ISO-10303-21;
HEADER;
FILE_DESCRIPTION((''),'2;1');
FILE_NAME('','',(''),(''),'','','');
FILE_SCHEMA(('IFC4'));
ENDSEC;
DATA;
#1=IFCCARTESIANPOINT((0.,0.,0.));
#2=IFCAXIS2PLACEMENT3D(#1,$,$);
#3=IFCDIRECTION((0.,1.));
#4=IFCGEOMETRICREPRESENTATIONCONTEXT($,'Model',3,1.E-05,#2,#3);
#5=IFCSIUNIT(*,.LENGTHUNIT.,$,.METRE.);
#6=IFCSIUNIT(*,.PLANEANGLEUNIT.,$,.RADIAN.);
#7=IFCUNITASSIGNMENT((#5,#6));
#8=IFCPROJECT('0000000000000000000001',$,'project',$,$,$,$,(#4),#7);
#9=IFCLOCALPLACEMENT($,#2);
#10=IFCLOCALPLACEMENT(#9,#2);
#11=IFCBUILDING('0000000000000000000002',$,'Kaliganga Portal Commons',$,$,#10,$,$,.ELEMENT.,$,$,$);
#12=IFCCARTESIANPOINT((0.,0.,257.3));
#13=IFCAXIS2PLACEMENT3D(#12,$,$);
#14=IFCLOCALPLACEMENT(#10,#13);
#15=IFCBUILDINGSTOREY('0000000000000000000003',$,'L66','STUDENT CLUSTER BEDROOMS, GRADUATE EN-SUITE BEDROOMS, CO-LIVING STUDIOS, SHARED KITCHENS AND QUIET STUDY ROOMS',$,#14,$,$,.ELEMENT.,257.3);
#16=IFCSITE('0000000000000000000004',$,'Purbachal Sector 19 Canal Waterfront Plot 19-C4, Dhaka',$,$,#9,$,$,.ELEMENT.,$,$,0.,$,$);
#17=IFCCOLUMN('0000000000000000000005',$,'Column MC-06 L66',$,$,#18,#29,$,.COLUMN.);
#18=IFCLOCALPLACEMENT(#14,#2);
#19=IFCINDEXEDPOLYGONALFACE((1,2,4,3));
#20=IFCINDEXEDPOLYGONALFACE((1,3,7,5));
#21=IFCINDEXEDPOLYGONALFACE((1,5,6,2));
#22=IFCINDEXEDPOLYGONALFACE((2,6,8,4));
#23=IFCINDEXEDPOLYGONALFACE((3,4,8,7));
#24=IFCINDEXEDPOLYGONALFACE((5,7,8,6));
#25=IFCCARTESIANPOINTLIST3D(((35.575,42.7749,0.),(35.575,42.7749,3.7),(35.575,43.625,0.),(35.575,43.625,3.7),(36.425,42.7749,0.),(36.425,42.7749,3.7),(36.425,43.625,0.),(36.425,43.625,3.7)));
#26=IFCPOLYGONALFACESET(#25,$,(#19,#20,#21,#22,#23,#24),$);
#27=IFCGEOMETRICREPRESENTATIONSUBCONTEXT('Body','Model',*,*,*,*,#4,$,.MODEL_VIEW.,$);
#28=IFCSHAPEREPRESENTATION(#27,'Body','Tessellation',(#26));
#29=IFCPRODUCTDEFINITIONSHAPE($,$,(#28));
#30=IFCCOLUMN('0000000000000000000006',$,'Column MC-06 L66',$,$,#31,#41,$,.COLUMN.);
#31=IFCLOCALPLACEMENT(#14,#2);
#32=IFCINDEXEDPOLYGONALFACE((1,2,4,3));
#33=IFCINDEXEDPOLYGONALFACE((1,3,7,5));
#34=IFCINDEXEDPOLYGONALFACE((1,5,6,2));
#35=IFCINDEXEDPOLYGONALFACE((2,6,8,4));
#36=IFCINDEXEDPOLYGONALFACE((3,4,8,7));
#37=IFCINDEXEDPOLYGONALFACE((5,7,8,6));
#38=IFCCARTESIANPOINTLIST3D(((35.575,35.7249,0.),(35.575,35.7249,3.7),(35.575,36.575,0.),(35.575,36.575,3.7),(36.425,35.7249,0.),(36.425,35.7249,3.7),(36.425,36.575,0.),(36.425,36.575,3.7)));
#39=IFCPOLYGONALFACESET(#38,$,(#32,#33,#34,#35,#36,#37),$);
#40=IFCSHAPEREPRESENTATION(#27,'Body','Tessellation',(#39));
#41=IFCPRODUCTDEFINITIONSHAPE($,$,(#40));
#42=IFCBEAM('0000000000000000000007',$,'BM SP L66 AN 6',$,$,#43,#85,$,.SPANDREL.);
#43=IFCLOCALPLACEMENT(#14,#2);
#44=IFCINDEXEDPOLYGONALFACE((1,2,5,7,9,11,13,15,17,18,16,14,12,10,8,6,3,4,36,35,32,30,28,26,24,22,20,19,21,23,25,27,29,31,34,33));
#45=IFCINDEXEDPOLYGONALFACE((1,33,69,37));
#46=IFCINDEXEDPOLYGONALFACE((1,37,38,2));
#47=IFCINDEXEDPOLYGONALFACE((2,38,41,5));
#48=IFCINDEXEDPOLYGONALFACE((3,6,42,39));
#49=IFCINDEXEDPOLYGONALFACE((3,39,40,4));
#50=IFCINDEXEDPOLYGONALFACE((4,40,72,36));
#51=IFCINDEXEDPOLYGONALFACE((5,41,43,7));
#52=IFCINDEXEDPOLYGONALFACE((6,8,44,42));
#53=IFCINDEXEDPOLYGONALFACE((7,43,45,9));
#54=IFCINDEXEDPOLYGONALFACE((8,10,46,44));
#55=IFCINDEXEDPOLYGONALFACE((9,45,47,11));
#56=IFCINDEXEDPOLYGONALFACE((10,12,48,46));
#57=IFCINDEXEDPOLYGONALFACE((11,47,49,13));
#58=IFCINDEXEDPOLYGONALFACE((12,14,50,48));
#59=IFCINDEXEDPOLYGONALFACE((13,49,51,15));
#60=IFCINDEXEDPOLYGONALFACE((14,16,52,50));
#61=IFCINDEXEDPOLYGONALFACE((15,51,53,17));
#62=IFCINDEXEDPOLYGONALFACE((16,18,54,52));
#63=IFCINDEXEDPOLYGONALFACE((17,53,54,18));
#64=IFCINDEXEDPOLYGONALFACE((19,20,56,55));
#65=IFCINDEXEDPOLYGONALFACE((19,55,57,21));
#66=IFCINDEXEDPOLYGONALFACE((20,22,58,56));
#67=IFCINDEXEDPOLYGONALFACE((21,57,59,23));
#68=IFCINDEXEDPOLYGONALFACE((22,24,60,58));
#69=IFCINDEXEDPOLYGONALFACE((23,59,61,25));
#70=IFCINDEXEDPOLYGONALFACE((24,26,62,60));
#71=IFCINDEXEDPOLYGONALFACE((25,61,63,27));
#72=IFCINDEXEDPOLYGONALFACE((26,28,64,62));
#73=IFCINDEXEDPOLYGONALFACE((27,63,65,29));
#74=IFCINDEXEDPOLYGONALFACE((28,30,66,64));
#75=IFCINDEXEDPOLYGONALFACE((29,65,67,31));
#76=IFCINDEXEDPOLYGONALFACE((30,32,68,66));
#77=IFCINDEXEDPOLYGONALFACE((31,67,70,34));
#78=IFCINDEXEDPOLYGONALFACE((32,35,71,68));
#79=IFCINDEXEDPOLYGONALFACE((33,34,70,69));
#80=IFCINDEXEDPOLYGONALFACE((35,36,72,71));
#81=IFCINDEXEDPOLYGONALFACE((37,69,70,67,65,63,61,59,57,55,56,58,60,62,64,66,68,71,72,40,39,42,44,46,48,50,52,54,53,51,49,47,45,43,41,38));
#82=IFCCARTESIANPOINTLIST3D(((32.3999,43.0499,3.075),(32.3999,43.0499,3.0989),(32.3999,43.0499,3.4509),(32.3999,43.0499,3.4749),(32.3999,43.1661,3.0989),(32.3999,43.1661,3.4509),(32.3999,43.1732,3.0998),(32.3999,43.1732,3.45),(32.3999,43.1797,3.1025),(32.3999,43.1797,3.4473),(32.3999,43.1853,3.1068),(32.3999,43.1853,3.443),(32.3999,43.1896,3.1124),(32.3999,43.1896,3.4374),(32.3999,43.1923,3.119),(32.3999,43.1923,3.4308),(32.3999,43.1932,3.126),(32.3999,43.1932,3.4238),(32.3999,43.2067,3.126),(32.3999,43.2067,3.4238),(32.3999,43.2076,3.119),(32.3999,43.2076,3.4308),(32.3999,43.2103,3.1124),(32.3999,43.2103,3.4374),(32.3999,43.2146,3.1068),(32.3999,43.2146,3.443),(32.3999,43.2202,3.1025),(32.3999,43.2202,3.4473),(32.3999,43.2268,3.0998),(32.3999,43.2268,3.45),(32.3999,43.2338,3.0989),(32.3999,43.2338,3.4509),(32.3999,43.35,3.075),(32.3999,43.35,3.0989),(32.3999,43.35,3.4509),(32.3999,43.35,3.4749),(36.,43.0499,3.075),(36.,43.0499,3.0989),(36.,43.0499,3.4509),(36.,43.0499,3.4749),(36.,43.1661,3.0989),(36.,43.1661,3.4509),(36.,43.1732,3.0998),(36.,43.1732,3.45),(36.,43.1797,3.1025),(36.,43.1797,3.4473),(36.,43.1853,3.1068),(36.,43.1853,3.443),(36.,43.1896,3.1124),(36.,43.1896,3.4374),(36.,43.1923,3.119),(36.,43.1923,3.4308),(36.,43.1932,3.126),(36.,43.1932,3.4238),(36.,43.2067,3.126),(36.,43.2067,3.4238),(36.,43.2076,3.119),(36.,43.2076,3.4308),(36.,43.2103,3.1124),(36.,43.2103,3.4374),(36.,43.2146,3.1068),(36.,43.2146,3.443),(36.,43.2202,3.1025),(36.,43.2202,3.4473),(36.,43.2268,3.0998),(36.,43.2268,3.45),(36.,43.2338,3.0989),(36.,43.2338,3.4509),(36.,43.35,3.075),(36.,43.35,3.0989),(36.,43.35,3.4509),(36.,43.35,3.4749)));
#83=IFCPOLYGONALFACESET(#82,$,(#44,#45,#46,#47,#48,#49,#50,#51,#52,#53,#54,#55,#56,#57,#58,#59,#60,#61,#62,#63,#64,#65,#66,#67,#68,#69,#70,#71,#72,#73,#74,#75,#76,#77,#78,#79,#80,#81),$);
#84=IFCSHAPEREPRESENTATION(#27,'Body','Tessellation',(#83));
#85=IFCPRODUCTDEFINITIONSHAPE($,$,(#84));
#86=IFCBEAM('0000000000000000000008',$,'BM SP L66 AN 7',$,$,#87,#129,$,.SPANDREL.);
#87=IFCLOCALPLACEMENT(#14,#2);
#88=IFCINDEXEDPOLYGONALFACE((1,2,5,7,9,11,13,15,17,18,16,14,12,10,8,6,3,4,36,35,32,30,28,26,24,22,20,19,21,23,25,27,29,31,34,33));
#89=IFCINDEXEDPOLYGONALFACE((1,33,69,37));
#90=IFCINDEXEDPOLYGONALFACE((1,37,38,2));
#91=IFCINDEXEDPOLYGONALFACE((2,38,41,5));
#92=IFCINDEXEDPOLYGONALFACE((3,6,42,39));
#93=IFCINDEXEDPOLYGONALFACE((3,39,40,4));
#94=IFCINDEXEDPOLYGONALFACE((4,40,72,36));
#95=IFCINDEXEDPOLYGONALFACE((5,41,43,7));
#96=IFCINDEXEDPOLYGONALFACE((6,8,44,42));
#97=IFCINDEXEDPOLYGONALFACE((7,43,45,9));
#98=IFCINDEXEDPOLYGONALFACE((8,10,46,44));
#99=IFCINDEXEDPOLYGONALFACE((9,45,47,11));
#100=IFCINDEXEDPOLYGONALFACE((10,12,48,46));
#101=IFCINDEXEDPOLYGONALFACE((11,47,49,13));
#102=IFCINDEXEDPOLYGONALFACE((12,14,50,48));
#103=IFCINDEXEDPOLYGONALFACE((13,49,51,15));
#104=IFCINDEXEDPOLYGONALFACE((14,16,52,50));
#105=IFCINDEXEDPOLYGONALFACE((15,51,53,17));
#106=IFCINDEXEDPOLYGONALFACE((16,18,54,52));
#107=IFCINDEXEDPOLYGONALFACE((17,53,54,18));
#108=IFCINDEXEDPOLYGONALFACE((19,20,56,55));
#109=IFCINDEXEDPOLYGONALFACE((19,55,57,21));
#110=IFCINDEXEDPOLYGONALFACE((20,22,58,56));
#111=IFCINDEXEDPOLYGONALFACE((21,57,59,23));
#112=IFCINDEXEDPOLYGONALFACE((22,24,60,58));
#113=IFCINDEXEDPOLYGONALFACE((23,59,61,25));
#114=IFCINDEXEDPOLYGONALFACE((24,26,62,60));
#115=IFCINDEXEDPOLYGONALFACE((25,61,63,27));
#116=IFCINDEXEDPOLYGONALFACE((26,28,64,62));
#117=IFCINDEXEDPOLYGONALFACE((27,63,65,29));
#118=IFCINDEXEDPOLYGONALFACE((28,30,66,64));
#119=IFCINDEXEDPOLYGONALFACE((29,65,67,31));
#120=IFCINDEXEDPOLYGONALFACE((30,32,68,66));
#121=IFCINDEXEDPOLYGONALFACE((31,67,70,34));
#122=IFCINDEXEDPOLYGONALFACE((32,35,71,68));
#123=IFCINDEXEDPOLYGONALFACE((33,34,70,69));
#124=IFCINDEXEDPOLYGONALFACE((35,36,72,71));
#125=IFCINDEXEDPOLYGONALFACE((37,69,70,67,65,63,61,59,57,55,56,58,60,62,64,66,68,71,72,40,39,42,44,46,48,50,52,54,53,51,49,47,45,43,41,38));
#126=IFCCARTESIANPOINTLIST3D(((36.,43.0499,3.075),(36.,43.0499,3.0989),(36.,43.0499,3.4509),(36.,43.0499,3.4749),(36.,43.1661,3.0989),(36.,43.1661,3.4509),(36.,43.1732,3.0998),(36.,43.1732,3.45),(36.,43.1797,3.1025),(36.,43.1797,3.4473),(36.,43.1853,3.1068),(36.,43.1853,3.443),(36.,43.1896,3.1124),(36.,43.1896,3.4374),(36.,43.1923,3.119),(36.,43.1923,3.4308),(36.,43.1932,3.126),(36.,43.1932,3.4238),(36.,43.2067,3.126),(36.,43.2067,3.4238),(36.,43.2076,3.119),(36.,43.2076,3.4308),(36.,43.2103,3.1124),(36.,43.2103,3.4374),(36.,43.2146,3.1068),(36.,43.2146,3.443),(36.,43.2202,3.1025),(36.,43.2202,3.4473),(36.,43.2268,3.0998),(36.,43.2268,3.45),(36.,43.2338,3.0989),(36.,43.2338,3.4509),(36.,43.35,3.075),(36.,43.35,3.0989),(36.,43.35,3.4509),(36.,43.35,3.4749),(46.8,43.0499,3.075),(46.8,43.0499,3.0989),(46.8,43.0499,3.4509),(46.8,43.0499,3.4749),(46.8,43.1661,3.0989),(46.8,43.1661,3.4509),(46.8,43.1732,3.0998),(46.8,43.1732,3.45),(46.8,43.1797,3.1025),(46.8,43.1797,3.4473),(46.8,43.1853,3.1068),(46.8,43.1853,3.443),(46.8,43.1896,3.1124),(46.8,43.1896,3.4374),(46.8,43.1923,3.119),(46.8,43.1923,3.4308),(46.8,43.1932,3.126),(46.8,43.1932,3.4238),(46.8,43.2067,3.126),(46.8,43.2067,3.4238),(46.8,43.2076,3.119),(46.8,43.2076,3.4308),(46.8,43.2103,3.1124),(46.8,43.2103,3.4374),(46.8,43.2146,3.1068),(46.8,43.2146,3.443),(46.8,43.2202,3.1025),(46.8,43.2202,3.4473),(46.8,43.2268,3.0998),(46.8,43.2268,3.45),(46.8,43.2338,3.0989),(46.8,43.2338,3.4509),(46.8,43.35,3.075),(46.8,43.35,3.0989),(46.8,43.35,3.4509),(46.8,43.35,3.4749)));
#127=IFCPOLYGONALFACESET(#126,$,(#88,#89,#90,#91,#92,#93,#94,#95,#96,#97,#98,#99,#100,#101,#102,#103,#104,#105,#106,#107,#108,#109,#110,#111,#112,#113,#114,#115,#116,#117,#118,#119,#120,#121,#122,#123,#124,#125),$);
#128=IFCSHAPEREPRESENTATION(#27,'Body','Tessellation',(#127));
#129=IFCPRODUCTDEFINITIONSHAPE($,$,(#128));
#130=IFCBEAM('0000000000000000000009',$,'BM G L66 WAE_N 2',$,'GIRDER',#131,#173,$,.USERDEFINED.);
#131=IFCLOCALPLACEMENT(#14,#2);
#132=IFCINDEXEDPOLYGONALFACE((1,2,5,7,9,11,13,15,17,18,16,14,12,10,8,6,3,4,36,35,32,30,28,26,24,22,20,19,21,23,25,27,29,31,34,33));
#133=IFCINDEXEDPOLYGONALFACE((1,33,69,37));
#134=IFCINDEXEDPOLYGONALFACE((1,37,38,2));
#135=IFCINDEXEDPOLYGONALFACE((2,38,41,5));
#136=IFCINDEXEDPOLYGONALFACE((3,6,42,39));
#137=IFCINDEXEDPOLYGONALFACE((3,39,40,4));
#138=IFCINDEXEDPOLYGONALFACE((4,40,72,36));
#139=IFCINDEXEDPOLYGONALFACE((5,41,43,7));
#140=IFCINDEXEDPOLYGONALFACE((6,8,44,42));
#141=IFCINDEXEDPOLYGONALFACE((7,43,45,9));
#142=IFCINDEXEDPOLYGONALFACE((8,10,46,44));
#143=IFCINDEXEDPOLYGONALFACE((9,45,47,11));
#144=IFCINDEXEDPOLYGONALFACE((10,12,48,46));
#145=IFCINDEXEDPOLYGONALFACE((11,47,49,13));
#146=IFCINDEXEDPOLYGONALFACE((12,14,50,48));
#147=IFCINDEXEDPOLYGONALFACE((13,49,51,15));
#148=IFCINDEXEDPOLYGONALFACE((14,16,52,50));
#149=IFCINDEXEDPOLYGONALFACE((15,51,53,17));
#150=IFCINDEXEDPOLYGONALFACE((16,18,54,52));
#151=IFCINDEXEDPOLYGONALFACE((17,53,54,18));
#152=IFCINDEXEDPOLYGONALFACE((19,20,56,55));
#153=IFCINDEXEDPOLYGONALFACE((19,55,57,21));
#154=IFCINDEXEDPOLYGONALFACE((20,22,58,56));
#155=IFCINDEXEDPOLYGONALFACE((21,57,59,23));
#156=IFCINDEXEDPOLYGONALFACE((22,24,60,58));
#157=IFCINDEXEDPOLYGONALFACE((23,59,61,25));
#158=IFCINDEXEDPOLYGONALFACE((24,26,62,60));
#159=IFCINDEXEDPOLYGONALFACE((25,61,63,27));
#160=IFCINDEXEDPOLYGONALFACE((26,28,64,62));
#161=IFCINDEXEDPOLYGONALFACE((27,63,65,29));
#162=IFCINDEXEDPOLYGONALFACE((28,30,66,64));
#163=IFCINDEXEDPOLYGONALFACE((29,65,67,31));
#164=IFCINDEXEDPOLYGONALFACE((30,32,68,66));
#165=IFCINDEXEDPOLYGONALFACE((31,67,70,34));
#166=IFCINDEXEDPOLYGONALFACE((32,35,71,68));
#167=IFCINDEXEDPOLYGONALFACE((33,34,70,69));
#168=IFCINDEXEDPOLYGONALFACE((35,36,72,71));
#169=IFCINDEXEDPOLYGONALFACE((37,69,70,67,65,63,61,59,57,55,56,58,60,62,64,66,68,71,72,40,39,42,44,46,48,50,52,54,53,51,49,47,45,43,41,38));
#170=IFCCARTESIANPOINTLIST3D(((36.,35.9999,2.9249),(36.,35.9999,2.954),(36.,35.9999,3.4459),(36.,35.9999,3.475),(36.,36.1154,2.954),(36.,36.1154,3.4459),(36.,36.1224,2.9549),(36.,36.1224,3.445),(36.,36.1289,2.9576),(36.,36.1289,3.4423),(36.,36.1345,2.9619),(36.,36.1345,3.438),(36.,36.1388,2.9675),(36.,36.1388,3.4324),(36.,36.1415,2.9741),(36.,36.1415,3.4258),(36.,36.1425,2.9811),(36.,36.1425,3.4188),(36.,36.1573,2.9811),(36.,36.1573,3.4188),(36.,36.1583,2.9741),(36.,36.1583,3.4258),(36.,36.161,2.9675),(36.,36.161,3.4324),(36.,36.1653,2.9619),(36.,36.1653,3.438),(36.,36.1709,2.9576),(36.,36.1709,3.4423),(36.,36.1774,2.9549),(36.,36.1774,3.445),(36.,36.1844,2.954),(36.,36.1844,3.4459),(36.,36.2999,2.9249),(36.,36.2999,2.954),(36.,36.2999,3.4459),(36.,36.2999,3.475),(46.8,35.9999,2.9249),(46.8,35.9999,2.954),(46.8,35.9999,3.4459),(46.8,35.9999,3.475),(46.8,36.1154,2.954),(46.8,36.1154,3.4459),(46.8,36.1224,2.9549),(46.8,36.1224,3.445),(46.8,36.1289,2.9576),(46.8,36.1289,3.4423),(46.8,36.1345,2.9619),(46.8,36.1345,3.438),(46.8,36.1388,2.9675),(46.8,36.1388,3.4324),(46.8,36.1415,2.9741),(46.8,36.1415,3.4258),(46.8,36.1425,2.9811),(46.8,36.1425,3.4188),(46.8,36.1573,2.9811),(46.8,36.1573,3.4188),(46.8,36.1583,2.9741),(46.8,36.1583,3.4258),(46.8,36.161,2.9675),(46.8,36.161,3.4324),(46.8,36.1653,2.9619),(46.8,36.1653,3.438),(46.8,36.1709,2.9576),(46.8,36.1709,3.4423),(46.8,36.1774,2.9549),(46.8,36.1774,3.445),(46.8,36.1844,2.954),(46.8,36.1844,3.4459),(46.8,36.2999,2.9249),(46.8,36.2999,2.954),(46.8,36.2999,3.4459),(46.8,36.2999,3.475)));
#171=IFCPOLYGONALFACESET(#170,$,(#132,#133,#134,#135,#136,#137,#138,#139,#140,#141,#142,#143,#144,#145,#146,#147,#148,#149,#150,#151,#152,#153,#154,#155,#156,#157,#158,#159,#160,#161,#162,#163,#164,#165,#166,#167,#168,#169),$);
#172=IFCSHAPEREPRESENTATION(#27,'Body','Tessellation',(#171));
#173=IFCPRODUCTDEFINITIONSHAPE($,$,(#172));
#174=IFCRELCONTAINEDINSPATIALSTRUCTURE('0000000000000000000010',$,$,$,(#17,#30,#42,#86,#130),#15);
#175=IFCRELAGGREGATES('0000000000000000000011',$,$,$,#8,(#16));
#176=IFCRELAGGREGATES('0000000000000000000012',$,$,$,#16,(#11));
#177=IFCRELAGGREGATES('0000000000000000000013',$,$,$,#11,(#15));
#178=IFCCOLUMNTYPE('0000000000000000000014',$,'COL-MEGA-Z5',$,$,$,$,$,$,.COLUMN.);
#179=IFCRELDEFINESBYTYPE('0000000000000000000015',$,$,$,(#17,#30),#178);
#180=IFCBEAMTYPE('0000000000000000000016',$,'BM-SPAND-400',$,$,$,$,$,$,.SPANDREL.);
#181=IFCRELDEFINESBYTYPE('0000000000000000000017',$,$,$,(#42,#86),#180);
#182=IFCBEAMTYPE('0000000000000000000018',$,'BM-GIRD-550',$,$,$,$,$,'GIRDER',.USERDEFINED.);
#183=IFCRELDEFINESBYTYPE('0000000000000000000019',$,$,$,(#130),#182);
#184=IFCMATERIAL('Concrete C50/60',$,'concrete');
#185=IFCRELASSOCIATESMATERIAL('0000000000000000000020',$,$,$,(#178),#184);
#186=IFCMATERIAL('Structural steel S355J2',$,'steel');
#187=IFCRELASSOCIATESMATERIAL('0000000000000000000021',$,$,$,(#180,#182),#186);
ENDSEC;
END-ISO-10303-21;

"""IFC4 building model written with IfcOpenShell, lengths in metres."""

from ifc_helpers import new_model, si_unit, direction, frame, origin, origin_2d, place, context, subcontext, project, spatial, rectangle, i_section, extrude, source, transform, mapped, material, material_profile, profile_set, type_object, element, save


model = new_model("IFC4")

# Units and contexts
model_context = context("Model", 3, precision=1e-05, world=origin(), true_north=direction((0.0, 1.0)))
body_context = subcontext(model_context, "Body", "Model", "MODEL_VIEW")
ifc_project = project(units=[si_unit("LENGTHUNIT", "METRE"), si_unit("PLANEANGLEUNIT", "RADIAN")], contexts=[model_context])

# Site, building, storey
site_placement = place(None, origin())
site = spatial("IfcSite", under=ifc_project, at=site_placement, Name="Purbachal Sector 19 Canal Waterfront Plot 19-C4, Dhaka", CompositionType="ELEMENT", RefElevation=0.0)
building_placement = place(site_placement, origin())
building = spatial("IfcBuilding", under=site, at=building_placement, Name="Kaliganga Portal Commons", CompositionType="ELEMENT")
storey_placement = place(building_placement, frame((0.0, 0.0, 257.3)))
storey = spatial("IfcBuildingStorey", under=building, at=storey_placement, Name="L66", Description="STUDENT CLUSTER BEDROOMS, GRADUATE EN-SUITE BEDROOMS, CO-LIVING STUDIOS, SHARED KITCHENS AND QUIET STUDY ROOMS", CompositionType="ELEMENT", Elevation=257.3)

# Columns
ifc_material_1 = material(Name="Concrete C50/60", Category="concrete")
ifc_material_profile_1 = material_profile(ifc_material_1, rectangle(XDim=0.8501, YDim=0.8501, at=origin_2d()), Name="RC 850x850")
ifc_profile_set_1 = profile_set([ifc_material_profile_1], Name="Concrete C50/60")
column_type = type_object("IfcColumnType", Name="COL-MEGA-Z5", PredefinedType="COLUMN", material=ifc_profile_set_1)
shared_shape_1 = source(origin(), body_context, "Body", "SweptSolid", [
    extrude(rectangle(XDim=0.8501, YDim=0.8501, at=origin_2d()), origin(), (0.0, 0.0, 1.0), 3.7),
])
for number, where, z_axis, x_axis, name in (
    (1, (36.0, 43.2, 0.0), (0.0, 0.0, 1.0), (1.0, 0.0, 0.0), "Column MC-06 L66"),
    (2, (36.0, 36.1499, 0.0), (0.0, 0.0, 1.0), (1.0, 0.0, 0.0), "Column MC-06 L66"),
):
    element("IfcColumn", number, at=place(storey_placement, frame(where, z_axis=z_axis, x_axis=x_axis)), inside=storey, type_object=column_type, Name=name, PredefinedType="COLUMN", context=body_context, shape_type="MappedRepresentation", body=[
        mapped(shared_shape_1, transform((0.0, 0.0, 0.0), x_axis=(1.0, 0.0, 0.0), y_axis=(0.0, 1.0, 0.0), z_axis=(0.0, 0.0, 1.0), scale=1.0)),
    ])

# Beams
ifc_material_2 = material(Name="Structural steel S355J2", Category="steel")
ifc_material_profile_2 = material_profile(ifc_material_2, i_section(OverallWidth=0.3, OverallDepth=0.3999, WebThickness=0.0134, FlangeThickness=0.0239, FilletRadius=0.0271, at=origin_2d()), Name="HE 400 B")
ifc_profile_set_2 = profile_set([ifc_material_profile_2], Name="Structural steel S355J2 wide-flange")
beam_type_1 = type_object("IfcBeamType", Name="BM-SPAND-400", PredefinedType="SPANDREL", material=ifc_profile_set_2)
shared_shape_2 = source(origin(), body_context, "Body", "SweptSolid", [
    extrude(i_section(OverallWidth=0.3, OverallDepth=0.3999, WebThickness=0.0134, FlangeThickness=0.0239, FilletRadius=0.0271, at=origin_2d()), origin(), (0.0, 0.0, 1.0), 3.6001),
])
beam_1_placement = place(storey_placement, frame((32.3999, 43.2, 3.2749), z_axis=(1.0, 0.0, 0.0), x_axis=(0.0, 1.0, 0.0)))
element("IfcBeam", 3, at=beam_1_placement, inside=storey, type_object=beam_type_1, Name="BM SP L66 AN 6", PredefinedType="SPANDREL", context=body_context, shape_type="MappedRepresentation", body=[
    mapped(shared_shape_2, transform((0.0, 0.0, 0.0), x_axis=(1.0, 0.0, 0.0), y_axis=(0.0, 1.0, 0.0), z_axis=(0.0, 0.0, 1.0), scale=1.0)),
])
shared_shape_3 = source(origin(), body_context, "Body", "SweptSolid", [
    extrude(i_section(OverallWidth=0.3, OverallDepth=0.3999, WebThickness=0.0134, FlangeThickness=0.0239, FilletRadius=0.0271, at=origin_2d()), origin(), (0.0, 0.0, 1.0), 10.8),
])
beam_2_placement = place(storey_placement, frame((36.0, 43.2, 3.2749), z_axis=(1.0, 0.0, 0.0), x_axis=(0.0, 1.0, 0.0)))
element("IfcBeam", 4, at=beam_2_placement, inside=storey, type_object=beam_type_1, Name="BM SP L66 AN 7", PredefinedType="SPANDREL", context=body_context, shape_type="MappedRepresentation", body=[
    mapped(shared_shape_3, transform((0.0, 0.0, 0.0), x_axis=(1.0, 0.0, 0.0), y_axis=(0.0, 1.0, 0.0), z_axis=(0.0, 0.0, 1.0), scale=1.0)),
])
ifc_material_profile_3 = material_profile(ifc_material_2, i_section(OverallWidth=0.3, OverallDepth=0.55, WebThickness=0.0149, FlangeThickness=0.0291, FilletRadius=0.0271, at=origin_2d()), Name="HE 550 B")
ifc_profile_set_3 = profile_set([ifc_material_profile_3], Name="Structural steel S355J2 wide-flange")
beam_type_2 = type_object("IfcBeamType", Name="BM-GIRD-550", ElementType="GIRDER", PredefinedType="USERDEFINED", material=ifc_profile_set_3)
shared_shape_4 = source(origin(), body_context, "Body", "SweptSolid", [
    extrude(i_section(OverallWidth=0.3, OverallDepth=0.55, WebThickness=0.0149, FlangeThickness=0.0291, FilletRadius=0.0271, at=origin_2d()), origin(), (0.0, 0.0, 1.0), 10.8),
])
beam_3_placement = place(storey_placement, frame((36.0, 36.1499, 3.2), z_axis=(1.0, 0.0, 0.0), x_axis=(0.0, 1.0, 0.0)))
element("IfcBeam", 5, at=beam_3_placement, inside=storey, type_object=beam_type_2, Name="BM G L66 WAE_N 2", ObjectType="GIRDER", PredefinedType="USERDEFINED", context=body_context, shape_type="MappedRepresentation", body=[
    mapped(shared_shape_4, transform((0.0, 0.0, 0.0), x_axis=(1.0, 0.0, 0.0), y_axis=(0.0, 1.0, 0.0), z_axis=(0.0, 0.0, 1.0), scale=1.0)),
])

save(model, "model.ifc")
